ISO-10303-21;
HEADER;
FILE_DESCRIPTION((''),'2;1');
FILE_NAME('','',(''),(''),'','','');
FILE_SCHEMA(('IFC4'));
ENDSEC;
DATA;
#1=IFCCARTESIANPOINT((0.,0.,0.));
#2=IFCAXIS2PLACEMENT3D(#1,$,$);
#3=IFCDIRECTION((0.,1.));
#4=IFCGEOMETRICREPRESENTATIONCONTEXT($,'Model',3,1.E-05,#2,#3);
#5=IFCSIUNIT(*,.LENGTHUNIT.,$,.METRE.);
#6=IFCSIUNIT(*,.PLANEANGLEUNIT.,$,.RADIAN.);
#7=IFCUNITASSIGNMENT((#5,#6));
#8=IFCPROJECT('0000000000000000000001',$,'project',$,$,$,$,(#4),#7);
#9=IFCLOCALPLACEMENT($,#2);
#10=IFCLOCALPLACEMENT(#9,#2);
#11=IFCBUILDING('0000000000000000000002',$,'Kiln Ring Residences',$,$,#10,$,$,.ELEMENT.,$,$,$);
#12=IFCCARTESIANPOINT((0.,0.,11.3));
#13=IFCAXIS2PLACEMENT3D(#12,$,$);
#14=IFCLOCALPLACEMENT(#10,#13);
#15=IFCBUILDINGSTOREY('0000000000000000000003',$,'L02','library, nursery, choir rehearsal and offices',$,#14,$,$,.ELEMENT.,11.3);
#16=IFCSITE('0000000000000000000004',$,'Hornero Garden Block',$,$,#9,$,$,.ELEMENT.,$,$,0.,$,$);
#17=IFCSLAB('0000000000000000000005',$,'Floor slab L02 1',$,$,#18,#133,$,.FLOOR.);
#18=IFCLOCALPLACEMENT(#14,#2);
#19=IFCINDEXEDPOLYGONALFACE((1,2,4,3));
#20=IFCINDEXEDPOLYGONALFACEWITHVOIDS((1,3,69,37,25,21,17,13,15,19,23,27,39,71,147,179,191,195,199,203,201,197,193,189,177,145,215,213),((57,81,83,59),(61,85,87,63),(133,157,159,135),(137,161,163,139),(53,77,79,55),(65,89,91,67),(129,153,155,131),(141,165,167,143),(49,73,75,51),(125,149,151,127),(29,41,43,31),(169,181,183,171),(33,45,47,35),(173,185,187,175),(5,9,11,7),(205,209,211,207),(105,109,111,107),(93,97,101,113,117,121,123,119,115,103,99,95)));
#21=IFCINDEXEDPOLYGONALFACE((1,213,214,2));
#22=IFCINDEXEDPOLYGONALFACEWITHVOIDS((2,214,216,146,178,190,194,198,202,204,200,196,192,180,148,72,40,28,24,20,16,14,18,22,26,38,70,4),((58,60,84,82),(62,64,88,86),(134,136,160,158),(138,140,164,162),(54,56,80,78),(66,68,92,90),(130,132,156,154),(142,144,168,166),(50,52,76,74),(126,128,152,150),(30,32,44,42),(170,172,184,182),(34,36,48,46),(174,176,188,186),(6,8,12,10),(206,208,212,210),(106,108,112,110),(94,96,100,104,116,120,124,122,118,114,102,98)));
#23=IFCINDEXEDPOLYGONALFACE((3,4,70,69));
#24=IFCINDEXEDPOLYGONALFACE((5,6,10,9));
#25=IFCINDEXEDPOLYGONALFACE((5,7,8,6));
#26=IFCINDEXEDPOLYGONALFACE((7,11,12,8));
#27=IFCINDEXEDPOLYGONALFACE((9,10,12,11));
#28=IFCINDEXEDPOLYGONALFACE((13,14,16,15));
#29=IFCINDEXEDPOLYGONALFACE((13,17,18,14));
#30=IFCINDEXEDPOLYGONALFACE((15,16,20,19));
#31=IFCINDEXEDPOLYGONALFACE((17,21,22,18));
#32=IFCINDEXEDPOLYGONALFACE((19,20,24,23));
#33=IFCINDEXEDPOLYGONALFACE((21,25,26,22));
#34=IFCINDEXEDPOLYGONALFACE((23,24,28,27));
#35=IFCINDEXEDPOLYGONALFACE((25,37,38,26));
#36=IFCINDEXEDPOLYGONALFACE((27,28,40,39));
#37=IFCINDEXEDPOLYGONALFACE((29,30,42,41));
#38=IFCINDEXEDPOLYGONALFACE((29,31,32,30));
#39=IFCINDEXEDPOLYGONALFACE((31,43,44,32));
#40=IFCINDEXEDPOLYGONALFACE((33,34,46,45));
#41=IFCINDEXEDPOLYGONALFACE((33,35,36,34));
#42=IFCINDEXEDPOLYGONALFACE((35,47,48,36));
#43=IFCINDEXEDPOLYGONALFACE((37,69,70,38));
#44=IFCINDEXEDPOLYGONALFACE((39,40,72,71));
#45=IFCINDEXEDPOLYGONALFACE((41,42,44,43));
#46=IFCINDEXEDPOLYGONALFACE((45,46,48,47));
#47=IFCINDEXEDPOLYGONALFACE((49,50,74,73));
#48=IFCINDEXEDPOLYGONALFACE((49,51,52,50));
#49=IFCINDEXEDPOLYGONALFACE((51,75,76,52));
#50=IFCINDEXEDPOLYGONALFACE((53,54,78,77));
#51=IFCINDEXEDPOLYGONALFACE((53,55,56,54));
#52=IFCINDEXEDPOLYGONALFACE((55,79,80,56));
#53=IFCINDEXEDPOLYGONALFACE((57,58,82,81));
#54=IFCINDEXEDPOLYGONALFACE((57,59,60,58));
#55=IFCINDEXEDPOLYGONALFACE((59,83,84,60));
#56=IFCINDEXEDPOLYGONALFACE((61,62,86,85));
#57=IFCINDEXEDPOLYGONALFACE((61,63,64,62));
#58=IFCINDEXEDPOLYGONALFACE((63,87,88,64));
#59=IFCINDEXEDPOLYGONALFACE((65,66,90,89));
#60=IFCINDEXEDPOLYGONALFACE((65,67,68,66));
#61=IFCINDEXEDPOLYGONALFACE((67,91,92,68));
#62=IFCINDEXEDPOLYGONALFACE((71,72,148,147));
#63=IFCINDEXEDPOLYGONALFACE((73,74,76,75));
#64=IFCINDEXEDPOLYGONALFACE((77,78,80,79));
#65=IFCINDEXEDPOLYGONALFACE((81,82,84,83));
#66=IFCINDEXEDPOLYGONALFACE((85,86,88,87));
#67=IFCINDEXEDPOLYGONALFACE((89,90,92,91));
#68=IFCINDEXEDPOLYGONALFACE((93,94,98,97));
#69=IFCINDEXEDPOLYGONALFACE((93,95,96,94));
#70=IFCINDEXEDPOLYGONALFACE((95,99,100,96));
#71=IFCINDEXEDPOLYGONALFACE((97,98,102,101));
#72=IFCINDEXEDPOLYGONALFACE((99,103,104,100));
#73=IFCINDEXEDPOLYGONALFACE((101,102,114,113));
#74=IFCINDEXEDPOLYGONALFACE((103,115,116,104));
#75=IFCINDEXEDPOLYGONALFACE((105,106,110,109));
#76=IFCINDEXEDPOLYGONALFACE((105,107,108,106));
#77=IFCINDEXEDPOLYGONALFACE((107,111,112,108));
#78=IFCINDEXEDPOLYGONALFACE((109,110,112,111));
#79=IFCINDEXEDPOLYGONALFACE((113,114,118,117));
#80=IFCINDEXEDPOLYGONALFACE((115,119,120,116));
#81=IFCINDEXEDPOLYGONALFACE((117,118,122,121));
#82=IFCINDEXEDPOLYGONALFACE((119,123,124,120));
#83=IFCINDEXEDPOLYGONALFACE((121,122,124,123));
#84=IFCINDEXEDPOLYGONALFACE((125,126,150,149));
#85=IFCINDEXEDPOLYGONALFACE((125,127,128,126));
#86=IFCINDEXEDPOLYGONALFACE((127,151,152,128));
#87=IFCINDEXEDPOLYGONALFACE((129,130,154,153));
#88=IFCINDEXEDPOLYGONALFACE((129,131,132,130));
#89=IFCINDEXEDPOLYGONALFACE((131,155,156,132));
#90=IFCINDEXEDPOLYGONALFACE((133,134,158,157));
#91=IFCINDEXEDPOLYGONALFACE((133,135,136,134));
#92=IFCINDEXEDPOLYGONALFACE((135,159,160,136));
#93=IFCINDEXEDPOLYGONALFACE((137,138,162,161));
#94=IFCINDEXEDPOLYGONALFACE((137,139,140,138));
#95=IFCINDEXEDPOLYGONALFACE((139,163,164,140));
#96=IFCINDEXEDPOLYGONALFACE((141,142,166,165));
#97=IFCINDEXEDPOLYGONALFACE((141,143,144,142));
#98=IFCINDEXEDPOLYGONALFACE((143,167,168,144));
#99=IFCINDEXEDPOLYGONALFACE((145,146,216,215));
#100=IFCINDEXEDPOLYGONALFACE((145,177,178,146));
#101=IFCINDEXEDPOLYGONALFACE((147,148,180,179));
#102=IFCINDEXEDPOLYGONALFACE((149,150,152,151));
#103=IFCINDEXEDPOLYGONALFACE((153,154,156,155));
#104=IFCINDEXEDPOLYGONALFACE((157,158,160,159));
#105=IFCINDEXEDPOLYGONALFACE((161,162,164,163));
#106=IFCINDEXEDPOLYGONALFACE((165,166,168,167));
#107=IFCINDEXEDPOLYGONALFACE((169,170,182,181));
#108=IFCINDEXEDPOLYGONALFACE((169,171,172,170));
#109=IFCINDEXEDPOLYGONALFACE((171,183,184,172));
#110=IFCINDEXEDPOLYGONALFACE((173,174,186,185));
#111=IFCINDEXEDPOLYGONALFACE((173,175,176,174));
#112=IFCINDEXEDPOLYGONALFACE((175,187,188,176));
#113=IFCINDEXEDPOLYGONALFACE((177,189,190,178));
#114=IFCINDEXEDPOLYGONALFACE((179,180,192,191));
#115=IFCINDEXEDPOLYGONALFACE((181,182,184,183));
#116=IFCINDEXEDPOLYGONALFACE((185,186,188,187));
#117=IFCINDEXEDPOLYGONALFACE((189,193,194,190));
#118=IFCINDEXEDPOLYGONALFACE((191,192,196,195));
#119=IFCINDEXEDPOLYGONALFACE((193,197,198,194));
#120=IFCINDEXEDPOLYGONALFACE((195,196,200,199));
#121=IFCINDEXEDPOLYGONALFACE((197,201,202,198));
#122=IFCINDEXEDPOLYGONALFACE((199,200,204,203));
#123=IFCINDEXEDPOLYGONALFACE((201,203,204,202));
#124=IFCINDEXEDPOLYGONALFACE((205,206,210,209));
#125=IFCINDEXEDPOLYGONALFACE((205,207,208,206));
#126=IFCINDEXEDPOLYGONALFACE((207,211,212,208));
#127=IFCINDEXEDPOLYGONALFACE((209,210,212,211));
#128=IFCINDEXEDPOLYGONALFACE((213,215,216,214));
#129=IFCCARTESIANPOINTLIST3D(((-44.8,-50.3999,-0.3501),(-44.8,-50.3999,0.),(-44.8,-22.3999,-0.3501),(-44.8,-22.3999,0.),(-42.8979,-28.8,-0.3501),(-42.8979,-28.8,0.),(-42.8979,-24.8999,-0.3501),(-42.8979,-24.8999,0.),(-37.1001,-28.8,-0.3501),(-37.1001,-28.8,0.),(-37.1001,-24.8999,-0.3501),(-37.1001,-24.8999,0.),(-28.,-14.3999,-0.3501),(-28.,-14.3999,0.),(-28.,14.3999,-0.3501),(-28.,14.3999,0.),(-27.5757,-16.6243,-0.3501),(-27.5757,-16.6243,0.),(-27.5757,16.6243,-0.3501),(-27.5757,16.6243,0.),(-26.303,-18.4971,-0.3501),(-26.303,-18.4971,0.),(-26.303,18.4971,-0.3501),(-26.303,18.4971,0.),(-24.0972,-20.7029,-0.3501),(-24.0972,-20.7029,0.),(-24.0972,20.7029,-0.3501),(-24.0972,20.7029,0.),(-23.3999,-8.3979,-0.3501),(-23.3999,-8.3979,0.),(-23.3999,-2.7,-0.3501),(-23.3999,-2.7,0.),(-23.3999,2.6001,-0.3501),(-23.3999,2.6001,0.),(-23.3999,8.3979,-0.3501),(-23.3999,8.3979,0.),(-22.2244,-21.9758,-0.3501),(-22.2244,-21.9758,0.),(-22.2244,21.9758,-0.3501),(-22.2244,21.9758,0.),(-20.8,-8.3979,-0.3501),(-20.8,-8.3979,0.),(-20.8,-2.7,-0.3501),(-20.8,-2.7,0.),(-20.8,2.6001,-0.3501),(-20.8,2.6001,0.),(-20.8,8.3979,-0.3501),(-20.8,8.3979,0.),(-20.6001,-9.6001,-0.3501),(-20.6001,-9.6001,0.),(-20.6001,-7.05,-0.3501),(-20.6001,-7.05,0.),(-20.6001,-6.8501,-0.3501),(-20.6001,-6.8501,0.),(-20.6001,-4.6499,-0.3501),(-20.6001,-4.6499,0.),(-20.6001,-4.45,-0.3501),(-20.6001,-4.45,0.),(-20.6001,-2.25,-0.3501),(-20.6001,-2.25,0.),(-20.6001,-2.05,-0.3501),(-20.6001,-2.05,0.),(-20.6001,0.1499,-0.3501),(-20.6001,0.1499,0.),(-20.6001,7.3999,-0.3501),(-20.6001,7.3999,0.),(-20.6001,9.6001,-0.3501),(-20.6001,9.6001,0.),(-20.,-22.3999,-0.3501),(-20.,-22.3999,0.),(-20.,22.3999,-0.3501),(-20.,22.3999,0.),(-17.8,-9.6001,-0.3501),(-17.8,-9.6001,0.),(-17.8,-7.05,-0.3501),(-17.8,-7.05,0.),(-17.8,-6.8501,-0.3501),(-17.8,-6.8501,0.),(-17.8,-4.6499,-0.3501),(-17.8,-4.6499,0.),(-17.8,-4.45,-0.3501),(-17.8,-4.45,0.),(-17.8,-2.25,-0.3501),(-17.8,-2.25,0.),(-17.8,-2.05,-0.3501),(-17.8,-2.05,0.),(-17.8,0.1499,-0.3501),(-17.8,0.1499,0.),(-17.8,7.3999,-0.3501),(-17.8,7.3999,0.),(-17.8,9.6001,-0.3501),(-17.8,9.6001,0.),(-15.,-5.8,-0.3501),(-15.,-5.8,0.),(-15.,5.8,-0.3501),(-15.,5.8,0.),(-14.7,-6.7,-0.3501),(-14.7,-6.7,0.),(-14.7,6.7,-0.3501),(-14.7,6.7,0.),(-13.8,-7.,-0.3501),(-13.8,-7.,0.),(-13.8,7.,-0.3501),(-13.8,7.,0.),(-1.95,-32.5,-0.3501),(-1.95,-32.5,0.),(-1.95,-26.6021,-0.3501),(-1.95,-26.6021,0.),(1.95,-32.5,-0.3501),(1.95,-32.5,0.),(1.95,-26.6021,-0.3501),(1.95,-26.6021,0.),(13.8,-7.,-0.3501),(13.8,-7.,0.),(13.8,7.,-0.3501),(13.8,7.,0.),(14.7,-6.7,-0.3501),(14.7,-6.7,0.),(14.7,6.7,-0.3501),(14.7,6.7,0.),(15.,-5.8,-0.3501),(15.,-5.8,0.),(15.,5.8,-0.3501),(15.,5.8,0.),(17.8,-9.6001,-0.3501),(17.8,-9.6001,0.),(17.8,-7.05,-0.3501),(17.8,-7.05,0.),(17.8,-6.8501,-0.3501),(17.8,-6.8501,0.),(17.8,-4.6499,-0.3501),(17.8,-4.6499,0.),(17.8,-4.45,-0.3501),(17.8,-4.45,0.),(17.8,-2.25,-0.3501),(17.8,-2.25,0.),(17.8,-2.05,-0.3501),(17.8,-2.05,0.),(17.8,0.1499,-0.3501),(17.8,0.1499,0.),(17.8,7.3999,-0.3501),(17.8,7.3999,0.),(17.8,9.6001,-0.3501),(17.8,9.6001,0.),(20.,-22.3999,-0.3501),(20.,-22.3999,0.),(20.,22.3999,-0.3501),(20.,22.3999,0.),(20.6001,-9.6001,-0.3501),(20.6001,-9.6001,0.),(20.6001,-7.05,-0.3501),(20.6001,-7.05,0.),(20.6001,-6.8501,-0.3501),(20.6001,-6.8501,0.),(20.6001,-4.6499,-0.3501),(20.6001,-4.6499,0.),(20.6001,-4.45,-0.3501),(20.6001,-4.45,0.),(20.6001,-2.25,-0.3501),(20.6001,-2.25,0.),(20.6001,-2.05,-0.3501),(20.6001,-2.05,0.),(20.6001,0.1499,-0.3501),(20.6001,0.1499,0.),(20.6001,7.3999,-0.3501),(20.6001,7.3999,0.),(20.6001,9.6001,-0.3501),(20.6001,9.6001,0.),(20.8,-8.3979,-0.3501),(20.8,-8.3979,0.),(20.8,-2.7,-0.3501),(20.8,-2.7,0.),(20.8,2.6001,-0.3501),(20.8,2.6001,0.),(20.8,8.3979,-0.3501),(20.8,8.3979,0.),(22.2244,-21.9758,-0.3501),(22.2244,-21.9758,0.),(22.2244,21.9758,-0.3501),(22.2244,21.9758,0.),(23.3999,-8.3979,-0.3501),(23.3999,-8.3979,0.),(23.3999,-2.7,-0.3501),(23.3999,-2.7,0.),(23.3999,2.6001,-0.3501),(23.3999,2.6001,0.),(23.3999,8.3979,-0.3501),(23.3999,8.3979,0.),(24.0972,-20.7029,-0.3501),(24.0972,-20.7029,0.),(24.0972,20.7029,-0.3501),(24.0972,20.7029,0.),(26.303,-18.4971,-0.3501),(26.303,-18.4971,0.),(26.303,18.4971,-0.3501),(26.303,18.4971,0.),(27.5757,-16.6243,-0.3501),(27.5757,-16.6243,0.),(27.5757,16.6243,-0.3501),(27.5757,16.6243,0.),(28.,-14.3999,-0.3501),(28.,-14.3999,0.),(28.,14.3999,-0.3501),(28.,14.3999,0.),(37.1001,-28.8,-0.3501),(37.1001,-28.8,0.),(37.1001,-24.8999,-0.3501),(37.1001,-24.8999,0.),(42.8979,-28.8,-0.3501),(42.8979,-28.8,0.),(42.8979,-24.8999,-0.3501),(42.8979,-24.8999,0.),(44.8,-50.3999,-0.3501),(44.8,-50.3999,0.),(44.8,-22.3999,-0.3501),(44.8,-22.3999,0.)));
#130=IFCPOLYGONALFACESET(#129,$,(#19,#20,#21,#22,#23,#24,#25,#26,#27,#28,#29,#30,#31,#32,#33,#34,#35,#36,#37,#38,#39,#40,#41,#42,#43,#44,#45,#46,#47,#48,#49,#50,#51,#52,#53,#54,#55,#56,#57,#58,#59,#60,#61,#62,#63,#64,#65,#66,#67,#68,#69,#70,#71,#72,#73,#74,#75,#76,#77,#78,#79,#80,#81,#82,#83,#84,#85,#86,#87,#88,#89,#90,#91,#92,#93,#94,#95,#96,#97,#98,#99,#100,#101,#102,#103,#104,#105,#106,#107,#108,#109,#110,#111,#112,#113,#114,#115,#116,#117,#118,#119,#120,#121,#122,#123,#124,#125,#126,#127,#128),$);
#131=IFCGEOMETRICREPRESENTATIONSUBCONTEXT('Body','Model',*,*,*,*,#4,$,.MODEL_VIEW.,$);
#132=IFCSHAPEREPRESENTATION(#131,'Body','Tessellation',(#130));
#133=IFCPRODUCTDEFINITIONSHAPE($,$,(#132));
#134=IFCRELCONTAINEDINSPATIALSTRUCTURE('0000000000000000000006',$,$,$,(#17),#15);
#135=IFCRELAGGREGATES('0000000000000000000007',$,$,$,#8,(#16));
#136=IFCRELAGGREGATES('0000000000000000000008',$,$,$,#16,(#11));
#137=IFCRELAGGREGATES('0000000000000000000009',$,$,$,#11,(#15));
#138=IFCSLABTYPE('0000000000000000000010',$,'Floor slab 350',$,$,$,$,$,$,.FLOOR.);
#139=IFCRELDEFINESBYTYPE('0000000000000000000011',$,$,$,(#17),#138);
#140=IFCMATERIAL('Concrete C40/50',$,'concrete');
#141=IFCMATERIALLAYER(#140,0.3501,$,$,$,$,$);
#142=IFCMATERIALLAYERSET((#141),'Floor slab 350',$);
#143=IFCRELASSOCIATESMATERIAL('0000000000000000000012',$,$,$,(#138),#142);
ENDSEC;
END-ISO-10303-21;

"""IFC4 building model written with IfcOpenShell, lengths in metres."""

from ifc_helpers import new_model, si_unit, direction, frame, origin, place, context, subcontext, project, spatial, polyline, outline, extrude, material, layer, layer_set, type_object, element, save


model = new_model("IFC4")

# Units and contexts
model_context = context("Model", 3, precision=1e-05, world=origin(), true_north=direction((0.0, 1.0)))
body_context = subcontext(model_context, "Body", "Model", "MODEL_VIEW")
ifc_project = project(units=[si_unit("LENGTHUNIT", "METRE"), si_unit("PLANEANGLEUNIT", "RADIAN")], contexts=[model_context])

# Site, building, storey
site_placement = place(None, origin())
site = spatial("IfcSite", under=ifc_project, at=site_placement, Name="Hornero Garden Block", CompositionType="ELEMENT", RefElevation=0.0)
building_placement = place(site_placement, origin())
building = spatial("IfcBuilding", under=site, at=building_placement, Name="Kiln Ring Residences", CompositionType="ELEMENT")
storey_placement = place(building_placement, frame((0.0, 0.0, 11.3)))
storey = spatial("IfcBuildingStorey", under=building, at=storey_placement, Name="L02", Description="library, nursery, choir rehearsal and offices", CompositionType="ELEMENT", Elevation=11.3)

# Slab
ifc_material_1 = material(Name="Concrete C40/50", Category="concrete")
ifc_layer_1 = layer(ifc_material_1, 0.3501)
ifc_layer_set_1 = layer_set([ifc_layer_1], Name="Floor slab 350")
slab_type_1 = type_object("IfcSlabType", Name="Floor slab 350", PredefinedType="FLOOR", material=ifc_layer_set_1)
placement_1 = place(storey_placement, frame((0.0, 0.0, -0.3501)))
element("IfcSlab", 1, at=placement_1, inside=storey, type_object=slab_type_1, Name="Floor slab L02 1", PredefinedType="FLOOR", context=body_context, shape_type="SweptSolid", body=[
    extrude(outline(polyline([(44.8, -50.3999), (44.8, -22.3999), (20.0, -22.3999), (22.2244, -21.9758), (24.0972, -20.7029), (26.303, -18.4971), (27.5757, -16.6243), (28.0, -14.3999), (28.0, 14.3999), (27.5757, 16.6243), (26.303, 18.4971), (24.0972, 20.7029), (22.2244, 21.9758), (20.0, 22.3999), (-20.0, 22.3999), (-22.2244, 21.9758), (-24.0972, 20.7029), (-26.303, 18.4971), (-27.5757, 16.6243), (-28.0, 14.3999), (-28.0, -14.3999), (-27.5757, -16.6243), (-26.303, -18.4971), (-24.0972, -20.7029), (-22.2244, -21.9758), (-20.0, -22.3999), (-44.8, -22.3999), (-44.8, -50.3999), (44.8, -50.3999)]), holes=[polyline([(-14.7, -6.7), (-15.0, -5.8), (-15.0, 5.8), (-14.7, 6.7), (-13.8, 7.0), (13.8, 7.0), (14.7, 6.7), (15.0, 5.8), (15.0, -5.8), (14.7, -6.7), (13.8, -7.0), (-13.8, -7.0), (-14.7, -6.7)]), polyline([(42.8979, -24.8999), (42.8979, -28.8), (37.1001, -28.8), (37.1001, -24.8999), (42.8979, -24.8999)]), polyline([(20.8, 8.3979), (23.3999, 8.3979), (23.3999, 2.6001), (20.8, 2.6001), (20.8, 8.3979)]), polyline([(20.8, -8.3979), (20.8, -2.7), (23.3999, -2.7), (23.3999, -8.3979), (20.8, -8.3979)]), polyline([(17.8, 9.6001), (20.6001, 9.6001), (20.6001, 7.3999), (17.8, 7.3999), (17.8, 9.6001)]), polyline([(17.8, -2.05), (17.8, 0.1499), (20.6001, 0.1499), (20.6001, -2.05), (17.8, -2.05)]), polyline([(17.8, -4.45), (17.8, -2.25), (20.6001, -2.25), (20.6001, -4.45), (17.8, -4.45)]), polyline([(17.8, -6.8501), (17.8, -4.6499), (20.6001, -4.6499), (20.6001, -6.8501), (17.8, -6.8501)]), polyline([(17.8, -9.6001), (17.8, -7.05), (20.6001, -7.05), (20.6001, -9.6001), (17.8, -9.6001)]), polyline([(-1.95, -26.6021), (1.95, -26.6021), (1.95, -32.5), (-1.95, -32.5), (-1.95, -26.6021)]), polyline([(-17.8, 7.3999), (-20.6001, 7.3999), (-20.6001, 9.6001), (-17.8, 9.6001), (-17.8, 7.3999)]), polyline([(-17.8, -2.05), (-20.6001, -2.05), (-20.6001, 0.1499), (-17.8, 0.1499), (-17.8, -2.05)]), polyline([(-17.8, -4.45), (-20.6001, -4.45), (-20.6001, -2.25), (-17.8, -2.25), (-17.8, -4.45)]), polyline([(-17.8, -6.8501), (-20.6001, -6.8501), (-20.6001, -4.6499), (-17.8, -4.6499), (-17.8, -6.8501)]), polyline([(-17.8, -9.6001), (-20.6001, -9.6001), (-20.6001, -7.05), (-17.8, -7.05), (-17.8, -9.6001)]), polyline([(-20.8, 2.6001), (-23.3999, 2.6001), (-23.3999, 8.3979), (-20.8, 8.3979), (-20.8, 2.6001)]), polyline([(-20.8, -8.3979), (-23.3999, -8.3979), (-23.3999, -2.7), (-20.8, -2.7), (-20.8, -8.3979)]), polyline([(-42.8979, -28.8), (-42.8979, -24.8999), (-37.1001, -24.8999), (-37.1001, -28.8), (-42.8979, -28.8)])]), origin(), (0.0, 0.0, 1.0), 0.3501),
])

save(model, "model.ifc")
